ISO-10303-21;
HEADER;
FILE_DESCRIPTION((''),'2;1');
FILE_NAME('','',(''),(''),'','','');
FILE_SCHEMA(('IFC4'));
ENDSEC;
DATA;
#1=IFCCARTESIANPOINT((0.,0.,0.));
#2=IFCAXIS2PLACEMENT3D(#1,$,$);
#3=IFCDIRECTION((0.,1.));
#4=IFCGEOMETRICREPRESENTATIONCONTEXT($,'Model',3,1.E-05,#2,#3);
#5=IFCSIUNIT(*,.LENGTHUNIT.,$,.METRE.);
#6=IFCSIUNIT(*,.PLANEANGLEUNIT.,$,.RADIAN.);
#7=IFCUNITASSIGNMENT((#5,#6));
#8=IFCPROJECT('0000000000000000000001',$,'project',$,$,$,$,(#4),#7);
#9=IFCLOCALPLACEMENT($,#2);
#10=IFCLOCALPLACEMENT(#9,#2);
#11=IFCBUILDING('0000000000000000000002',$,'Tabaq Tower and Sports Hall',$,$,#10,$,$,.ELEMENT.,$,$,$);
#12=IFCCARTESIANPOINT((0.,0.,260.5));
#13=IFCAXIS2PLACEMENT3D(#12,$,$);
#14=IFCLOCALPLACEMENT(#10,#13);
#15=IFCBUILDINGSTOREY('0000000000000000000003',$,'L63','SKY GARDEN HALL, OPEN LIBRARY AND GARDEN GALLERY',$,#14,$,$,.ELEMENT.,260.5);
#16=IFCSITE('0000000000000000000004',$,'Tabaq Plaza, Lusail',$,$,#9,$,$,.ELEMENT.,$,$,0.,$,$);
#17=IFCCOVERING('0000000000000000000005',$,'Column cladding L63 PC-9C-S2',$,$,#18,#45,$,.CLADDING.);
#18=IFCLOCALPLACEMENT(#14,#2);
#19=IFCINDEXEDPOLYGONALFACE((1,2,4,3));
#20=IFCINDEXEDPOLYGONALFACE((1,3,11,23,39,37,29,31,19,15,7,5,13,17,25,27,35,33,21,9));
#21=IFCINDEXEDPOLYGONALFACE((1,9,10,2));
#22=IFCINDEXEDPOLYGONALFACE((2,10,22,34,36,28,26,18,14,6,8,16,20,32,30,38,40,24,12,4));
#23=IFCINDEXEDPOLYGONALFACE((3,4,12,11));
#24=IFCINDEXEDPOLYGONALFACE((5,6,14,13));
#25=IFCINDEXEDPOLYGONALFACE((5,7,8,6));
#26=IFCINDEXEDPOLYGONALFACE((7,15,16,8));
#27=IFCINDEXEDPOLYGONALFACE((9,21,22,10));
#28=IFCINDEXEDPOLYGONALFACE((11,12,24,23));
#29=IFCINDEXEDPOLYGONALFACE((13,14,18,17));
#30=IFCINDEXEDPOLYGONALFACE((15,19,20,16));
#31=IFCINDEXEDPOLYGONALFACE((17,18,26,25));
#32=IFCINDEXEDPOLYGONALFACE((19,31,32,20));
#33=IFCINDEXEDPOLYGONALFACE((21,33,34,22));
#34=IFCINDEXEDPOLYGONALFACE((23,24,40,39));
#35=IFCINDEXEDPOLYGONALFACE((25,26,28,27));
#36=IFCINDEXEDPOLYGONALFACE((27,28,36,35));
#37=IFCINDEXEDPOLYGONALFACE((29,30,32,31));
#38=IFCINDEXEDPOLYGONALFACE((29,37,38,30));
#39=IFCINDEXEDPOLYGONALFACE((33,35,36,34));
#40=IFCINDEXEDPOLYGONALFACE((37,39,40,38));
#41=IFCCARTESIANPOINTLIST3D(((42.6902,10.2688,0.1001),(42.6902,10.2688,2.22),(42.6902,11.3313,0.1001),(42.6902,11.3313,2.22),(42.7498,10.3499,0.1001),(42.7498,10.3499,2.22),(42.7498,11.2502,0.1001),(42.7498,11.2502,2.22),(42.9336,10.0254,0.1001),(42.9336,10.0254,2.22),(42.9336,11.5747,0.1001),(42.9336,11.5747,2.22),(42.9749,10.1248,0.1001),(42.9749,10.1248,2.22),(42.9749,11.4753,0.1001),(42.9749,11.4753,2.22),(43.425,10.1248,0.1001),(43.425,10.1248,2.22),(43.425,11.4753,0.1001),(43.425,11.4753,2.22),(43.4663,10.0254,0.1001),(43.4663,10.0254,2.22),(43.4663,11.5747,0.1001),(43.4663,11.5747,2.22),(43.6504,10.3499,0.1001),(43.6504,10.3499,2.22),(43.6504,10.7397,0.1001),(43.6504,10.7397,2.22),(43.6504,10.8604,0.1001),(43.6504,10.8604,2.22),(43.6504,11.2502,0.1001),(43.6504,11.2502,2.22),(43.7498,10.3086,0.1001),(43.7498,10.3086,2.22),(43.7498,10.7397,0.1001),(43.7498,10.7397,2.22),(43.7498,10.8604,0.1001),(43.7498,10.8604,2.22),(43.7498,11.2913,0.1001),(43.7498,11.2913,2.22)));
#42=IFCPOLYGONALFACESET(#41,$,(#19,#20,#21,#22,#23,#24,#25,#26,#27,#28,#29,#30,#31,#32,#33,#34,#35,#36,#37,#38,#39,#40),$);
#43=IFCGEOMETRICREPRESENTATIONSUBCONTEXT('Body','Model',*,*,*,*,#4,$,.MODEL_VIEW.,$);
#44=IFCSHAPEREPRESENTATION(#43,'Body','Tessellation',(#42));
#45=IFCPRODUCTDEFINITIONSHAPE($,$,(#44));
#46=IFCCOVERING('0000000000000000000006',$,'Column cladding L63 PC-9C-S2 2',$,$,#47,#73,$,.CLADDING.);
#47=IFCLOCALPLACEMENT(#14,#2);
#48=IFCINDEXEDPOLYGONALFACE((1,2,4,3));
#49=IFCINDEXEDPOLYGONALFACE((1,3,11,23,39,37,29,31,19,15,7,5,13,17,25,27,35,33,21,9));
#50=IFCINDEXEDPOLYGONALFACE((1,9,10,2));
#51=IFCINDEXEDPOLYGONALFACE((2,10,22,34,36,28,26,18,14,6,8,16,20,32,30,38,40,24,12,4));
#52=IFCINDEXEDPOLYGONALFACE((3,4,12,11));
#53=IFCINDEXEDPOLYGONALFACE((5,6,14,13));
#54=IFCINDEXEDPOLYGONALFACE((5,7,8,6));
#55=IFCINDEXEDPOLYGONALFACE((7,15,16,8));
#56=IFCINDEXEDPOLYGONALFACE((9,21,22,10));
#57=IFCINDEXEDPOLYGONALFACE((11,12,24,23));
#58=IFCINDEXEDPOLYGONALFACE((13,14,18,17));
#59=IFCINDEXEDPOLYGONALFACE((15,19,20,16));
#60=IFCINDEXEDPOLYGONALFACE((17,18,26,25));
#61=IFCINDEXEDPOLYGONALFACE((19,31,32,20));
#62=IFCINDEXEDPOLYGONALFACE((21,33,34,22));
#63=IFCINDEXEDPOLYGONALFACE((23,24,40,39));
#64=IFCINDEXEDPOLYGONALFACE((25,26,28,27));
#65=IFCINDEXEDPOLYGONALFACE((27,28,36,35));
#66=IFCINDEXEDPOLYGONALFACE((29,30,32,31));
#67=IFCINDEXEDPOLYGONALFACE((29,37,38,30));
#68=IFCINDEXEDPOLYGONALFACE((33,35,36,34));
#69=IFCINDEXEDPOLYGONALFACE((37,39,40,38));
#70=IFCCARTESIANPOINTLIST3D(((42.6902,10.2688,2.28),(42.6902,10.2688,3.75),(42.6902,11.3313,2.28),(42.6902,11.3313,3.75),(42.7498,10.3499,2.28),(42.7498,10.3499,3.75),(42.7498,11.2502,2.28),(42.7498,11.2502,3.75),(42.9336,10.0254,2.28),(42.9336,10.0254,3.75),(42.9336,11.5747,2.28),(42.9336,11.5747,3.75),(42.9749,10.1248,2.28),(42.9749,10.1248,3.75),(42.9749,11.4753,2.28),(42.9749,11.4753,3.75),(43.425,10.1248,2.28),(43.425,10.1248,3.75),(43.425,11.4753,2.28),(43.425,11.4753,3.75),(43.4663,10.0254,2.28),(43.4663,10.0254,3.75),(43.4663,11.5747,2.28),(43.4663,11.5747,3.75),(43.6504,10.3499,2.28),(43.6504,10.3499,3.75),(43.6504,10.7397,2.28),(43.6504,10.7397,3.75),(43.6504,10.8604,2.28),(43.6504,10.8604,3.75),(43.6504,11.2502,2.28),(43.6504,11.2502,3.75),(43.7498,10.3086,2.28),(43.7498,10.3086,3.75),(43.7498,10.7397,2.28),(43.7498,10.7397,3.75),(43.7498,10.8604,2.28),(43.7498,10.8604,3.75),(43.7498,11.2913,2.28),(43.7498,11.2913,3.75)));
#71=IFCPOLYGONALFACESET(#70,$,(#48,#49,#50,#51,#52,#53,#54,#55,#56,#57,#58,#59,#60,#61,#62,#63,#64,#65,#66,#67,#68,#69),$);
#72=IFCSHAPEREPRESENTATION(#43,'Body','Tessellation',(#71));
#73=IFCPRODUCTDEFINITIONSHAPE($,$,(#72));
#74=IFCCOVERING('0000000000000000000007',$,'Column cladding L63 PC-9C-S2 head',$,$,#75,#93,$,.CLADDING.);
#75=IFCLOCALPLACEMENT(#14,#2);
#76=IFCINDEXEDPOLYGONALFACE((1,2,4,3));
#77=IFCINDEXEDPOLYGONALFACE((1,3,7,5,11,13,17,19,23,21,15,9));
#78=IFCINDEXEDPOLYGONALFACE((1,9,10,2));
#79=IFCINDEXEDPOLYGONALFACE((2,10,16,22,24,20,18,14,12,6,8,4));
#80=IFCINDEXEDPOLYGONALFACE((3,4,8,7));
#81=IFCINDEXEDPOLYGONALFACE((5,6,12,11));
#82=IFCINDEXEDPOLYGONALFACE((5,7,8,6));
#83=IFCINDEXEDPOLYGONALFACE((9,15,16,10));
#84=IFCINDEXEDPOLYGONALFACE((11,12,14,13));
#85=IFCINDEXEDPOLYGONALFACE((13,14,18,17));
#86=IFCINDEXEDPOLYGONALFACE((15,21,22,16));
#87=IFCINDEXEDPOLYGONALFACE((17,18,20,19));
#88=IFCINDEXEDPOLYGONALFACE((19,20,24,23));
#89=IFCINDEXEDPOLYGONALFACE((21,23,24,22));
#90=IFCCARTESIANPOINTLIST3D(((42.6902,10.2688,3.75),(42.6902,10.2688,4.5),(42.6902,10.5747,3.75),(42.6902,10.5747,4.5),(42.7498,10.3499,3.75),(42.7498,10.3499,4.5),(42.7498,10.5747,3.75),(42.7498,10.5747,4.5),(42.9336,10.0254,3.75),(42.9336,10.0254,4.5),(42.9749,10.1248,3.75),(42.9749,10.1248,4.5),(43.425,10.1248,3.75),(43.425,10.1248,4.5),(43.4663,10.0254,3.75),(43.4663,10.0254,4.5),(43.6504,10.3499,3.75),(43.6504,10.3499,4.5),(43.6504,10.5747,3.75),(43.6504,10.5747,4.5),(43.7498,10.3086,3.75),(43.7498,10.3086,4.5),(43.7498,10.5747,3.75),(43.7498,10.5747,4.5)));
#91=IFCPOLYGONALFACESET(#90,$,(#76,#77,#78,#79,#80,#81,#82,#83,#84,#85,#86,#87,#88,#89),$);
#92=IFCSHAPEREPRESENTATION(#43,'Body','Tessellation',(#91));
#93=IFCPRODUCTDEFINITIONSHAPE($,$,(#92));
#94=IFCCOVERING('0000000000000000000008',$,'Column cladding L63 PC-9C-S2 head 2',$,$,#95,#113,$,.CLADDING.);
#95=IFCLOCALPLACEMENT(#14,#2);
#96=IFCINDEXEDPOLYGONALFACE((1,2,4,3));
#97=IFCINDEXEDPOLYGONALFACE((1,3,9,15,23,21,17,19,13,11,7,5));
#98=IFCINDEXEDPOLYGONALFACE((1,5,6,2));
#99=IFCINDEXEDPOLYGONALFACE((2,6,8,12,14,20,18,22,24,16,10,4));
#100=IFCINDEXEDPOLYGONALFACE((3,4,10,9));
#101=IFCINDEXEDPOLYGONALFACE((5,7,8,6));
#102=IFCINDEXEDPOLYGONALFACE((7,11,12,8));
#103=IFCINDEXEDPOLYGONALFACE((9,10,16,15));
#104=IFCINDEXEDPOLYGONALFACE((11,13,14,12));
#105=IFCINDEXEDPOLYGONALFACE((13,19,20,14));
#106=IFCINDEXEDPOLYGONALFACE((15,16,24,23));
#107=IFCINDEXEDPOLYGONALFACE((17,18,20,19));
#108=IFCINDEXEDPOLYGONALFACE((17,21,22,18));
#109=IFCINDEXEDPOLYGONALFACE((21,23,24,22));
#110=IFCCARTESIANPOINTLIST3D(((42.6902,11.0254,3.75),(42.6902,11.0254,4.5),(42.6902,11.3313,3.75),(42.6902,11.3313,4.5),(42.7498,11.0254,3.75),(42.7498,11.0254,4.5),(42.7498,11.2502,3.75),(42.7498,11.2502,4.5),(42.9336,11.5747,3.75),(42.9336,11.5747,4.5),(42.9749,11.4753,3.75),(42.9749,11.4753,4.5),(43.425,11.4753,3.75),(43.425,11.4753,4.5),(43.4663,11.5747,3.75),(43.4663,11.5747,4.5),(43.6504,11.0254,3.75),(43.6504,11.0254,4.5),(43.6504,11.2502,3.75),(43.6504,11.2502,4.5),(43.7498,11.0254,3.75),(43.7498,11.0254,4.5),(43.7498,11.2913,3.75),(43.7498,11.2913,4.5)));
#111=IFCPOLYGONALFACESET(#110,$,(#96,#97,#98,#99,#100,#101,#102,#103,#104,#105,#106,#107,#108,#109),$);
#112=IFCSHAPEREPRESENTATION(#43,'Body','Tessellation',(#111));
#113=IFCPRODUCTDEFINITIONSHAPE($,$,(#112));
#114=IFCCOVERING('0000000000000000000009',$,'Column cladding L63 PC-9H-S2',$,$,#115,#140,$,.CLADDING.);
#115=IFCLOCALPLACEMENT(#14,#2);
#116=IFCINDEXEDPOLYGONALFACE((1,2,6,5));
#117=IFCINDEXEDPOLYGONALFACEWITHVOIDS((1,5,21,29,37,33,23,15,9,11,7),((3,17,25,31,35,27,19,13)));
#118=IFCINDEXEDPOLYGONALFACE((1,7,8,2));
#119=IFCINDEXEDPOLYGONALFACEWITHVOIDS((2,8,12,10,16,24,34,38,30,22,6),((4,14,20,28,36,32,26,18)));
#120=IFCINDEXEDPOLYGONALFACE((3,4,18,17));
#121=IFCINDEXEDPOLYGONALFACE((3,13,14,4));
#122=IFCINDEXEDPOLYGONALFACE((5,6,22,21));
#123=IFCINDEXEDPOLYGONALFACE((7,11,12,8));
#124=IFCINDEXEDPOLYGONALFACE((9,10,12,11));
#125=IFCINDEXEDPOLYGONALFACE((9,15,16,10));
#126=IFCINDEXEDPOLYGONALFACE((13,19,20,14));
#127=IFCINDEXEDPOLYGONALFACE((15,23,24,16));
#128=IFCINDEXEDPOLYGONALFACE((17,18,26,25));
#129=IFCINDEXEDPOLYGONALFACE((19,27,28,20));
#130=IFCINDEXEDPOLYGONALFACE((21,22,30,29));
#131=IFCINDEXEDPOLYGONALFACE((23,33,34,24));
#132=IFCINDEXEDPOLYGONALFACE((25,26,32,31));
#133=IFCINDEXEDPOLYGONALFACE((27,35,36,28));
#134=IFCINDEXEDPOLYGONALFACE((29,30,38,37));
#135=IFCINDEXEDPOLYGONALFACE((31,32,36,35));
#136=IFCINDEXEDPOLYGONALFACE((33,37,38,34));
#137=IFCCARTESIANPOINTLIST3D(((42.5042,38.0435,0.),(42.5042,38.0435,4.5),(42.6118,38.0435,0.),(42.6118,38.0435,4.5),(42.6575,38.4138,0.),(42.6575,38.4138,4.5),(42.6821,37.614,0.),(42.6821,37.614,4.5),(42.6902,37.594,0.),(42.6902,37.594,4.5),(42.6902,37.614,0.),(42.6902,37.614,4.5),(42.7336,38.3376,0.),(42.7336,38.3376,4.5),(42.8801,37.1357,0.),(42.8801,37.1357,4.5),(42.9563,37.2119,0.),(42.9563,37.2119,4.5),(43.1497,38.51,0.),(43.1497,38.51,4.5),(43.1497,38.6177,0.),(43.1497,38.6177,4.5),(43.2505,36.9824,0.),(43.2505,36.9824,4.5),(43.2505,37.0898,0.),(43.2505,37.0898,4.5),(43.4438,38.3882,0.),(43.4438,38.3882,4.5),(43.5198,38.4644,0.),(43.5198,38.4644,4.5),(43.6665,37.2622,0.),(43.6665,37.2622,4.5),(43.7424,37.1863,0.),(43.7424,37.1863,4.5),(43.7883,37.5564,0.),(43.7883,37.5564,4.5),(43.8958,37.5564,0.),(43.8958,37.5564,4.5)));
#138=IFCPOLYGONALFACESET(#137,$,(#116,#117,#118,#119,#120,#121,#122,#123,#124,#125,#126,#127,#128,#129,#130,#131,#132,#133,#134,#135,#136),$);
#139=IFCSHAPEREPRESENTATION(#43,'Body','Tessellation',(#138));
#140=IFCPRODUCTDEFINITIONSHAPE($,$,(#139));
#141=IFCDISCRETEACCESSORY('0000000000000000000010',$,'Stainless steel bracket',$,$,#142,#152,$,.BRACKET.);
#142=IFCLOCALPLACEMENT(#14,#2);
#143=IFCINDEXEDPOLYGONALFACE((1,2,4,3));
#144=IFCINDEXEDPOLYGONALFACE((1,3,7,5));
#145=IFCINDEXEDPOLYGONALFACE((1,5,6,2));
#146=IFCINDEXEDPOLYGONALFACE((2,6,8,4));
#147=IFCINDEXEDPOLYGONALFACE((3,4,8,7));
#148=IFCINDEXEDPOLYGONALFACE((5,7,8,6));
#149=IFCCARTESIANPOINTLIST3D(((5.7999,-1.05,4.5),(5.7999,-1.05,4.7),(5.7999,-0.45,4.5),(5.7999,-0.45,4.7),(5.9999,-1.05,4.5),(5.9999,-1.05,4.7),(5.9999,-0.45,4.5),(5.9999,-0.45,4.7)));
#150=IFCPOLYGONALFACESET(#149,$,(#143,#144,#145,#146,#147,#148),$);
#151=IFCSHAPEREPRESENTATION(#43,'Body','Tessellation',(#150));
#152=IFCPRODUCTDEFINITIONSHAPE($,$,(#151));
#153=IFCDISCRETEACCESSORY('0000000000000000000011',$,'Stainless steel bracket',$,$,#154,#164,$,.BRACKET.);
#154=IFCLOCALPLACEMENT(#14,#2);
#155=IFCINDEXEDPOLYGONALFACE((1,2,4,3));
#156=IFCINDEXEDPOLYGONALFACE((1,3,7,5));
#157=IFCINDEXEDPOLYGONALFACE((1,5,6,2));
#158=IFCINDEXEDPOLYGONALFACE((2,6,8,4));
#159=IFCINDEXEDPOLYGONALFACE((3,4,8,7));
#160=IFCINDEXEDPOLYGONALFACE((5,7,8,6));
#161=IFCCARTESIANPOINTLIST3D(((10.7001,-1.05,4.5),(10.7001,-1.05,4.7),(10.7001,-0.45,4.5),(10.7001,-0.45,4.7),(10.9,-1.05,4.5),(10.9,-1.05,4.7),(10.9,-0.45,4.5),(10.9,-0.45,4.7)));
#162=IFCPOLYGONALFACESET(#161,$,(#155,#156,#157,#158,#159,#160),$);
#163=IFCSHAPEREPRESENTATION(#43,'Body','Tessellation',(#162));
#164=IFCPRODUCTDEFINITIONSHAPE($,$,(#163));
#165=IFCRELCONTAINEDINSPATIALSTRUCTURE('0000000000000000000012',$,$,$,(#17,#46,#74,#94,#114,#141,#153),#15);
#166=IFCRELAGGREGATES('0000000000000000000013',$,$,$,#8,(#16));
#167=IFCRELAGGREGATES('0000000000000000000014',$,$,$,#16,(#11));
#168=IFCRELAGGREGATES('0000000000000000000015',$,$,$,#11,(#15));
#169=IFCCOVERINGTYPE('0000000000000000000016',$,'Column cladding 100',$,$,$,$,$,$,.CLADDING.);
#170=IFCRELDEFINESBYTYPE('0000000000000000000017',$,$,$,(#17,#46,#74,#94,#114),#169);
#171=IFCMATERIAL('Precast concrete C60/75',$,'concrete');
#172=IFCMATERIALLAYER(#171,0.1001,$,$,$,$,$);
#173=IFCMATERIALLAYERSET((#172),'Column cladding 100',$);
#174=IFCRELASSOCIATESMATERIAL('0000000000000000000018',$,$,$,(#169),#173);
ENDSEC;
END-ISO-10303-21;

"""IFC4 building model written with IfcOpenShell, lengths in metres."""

from ifc_helpers import new_model, si_unit, direction, frame, origin, origin_2d, place, context, subcontext, project, spatial, polyline, rectangle, outline, extrude, material, layer, layer_set, type_object, element, save


model = new_model("IFC4")

# Units and contexts
model_context = context("Model", 3, precision=1e-05, world=origin(), true_north=direction((0.0, 1.0)))
body_context = subcontext(model_context, "Body", "Model", "MODEL_VIEW")
ifc_project = project(units=[si_unit("LENGTHUNIT", "METRE"), si_unit("PLANEANGLEUNIT", "RADIAN")], contexts=[model_context])

# Site, building, storey
site_placement = place(None, origin())
site = spatial("IfcSite", under=ifc_project, at=site_placement, Name="Tabaq Plaza, Lusail", CompositionType="ELEMENT", RefElevation=0.0)
building_placement = place(site_placement, origin())
building = spatial("IfcBuilding", under=site, at=building_placement, Name="Tabaq Tower and Sports Hall", CompositionType="ELEMENT")
storey_placement = place(building_placement, frame((0.0, 0.0, 260.5)))
storey = spatial("IfcBuildingStorey", under=building, at=storey_placement, Name="L63", Description="SKY GARDEN HALL, OPEN LIBRARY AND GARDEN GALLERY", CompositionType="ELEMENT", Elevation=260.5)

# Coverings
ifc_material_1 = material(Name="Precast concrete C60/75", Category="concrete")
ifc_layer_1 = layer(ifc_material_1, 0.1001)
ifc_layer_set_1 = layer_set([ifc_layer_1], Name="Column cladding 100")
covering_type = type_object("IfcCoveringType", Name="Column cladding 100", PredefinedType="CLADDING", material=ifc_layer_set_1)
covering_1_placement = place(storey_placement, frame((0.0, 0.0, 0.1001)))
element("IfcCovering", 1, at=covering_1_placement, inside=storey, type_object=covering_type, Name="Column cladding L63 PC-9C-S2", PredefinedType="CLADDING", context=body_context, shape_type="SweptSolid", body=[
    extrude(outline(polyline([(42.9336, 10.0254), (42.6902, 10.2688), (42.6902, 11.3313), (42.9336, 11.5747), (43.4663, 11.5747), (43.7498, 11.2913), (43.7498, 10.8604), (43.6504, 10.8604), (43.6504, 11.2502), (43.425, 11.4753), (42.9749, 11.4753), (42.7498, 11.2502), (42.7498, 10.3499), (42.9749, 10.1248), (43.425, 10.1248), (43.6504, 10.3499), (43.6504, 10.7397), (43.7498, 10.7397), (43.7498, 10.3086), (43.4663, 10.0254), (42.9336, 10.0254)])), origin(), (0.0, 0.0, 1.0), 2.1199),
])
covering_2_placement = place(storey_placement, frame((0.0, 0.0, 2.28)))
element("IfcCovering", 2, at=covering_2_placement, inside=storey, type_object=covering_type, Name="Column cladding L63 PC-9C-S2 2", PredefinedType="CLADDING", context=body_context, shape_type="SweptSolid", body=[
    extrude(outline(polyline([(42.9336, 10.0254), (42.6902, 10.2688), (42.6902, 11.3313), (42.9336, 11.5747), (43.4663, 11.5747), (43.7498, 11.2913), (43.7498, 10.8604), (43.6504, 10.8604), (43.6504, 11.2502), (43.425, 11.4753), (42.9749, 11.4753), (42.7498, 11.2502), (42.7498, 10.3499), (42.9749, 10.1248), (43.425, 10.1248), (43.6504, 10.3499), (43.6504, 10.7397), (43.7498, 10.7397), (43.7498, 10.3086), (43.4663, 10.0254), (42.9336, 10.0254)])), origin(), (0.0, 0.0, 1.0), 1.47),
])
covering_3_placement = place(storey_placement, frame((0.0, 0.0, 3.75)))
element("IfcCovering", 3, at=covering_3_placement, inside=storey, type_object=covering_type, Name="Column cladding L63 PC-9C-S2 head", PredefinedType="CLADDING", context=body_context, shape_type="SweptSolid", body=[
    extrude(outline(polyline([(42.6902, 10.2688), (42.6902, 10.5747), (42.7498, 10.5747), (42.7498, 10.3499), (42.9749, 10.1248), (43.425, 10.1248), (43.6504, 10.3499), (43.6504, 10.5747), (43.7498, 10.5747), (43.7498, 10.3086), (43.4663, 10.0254), (42.9336, 10.0254), (42.6902, 10.2688)])), origin(), (0.0, 0.0, 1.0), 0.75),
])
covering_4_placement = place(storey_placement, frame((0.0, 0.0, 3.75)))
element("IfcCovering", 4, at=covering_4_placement, inside=storey, type_object=covering_type, Name="Column cladding L63 PC-9C-S2 head 2", PredefinedType="CLADDING", context=body_context, shape_type="SweptSolid", body=[
    extrude(outline(polyline([(42.6902, 11.3313), (42.9336, 11.5747), (43.4663, 11.5747), (43.7498, 11.2913), (43.7498, 11.0254), (43.6504, 11.0254), (43.6504, 11.2502), (43.425, 11.4753), (42.9749, 11.4753), (42.7498, 11.2502), (42.7498, 11.0254), (42.6902, 11.0254), (42.6902, 11.3313)])), origin(), (0.0, 0.0, 1.0), 0.75),
])
covering_5_placement = place(storey_placement, origin())
element("IfcCovering", 5, at=covering_5_placement, inside=storey, type_object=covering_type, Name="Column cladding L63 PC-9H-S2", PredefinedType="CLADDING", context=body_context, shape_type="SweptSolid", body=[
    extrude(outline(polyline([(43.2505, 36.9824), (42.8801, 37.1357), (42.6902, 37.594), (42.6902, 37.614), (42.6821, 37.614), (42.5042, 38.0435), (42.6575, 38.4138), (43.1497, 38.6177), (43.5198, 38.4644), (43.8958, 37.5564), (43.7424, 37.1863), (43.2505, 36.9824)]), holes=[polyline([(43.1497, 38.51), (42.7336, 38.3376), (42.6118, 38.0435), (42.9563, 37.2119), (43.2505, 37.0898), (43.6665, 37.2622), (43.7883, 37.5564), (43.4438, 38.3882), (43.1497, 38.51)])]), origin(), (0.0, 0.0, 1.0), 4.5),
])

# Discrete accessories
for number, where, z_axis, x_axis, name in (
    (6, (5.8999, -0.75, 4.5), (0.0, 0.0, 1.0), (0.0, -1.0, 0.0), "Stainless steel bracket"),
    (7, (10.8, -0.75, 4.5), (0.0, 0.0, 1.0), (0.0, -1.0, 0.0), "Stainless steel bracket"),
):
    element("IfcDiscreteAccessory", number, at=place(storey_placement, frame(where, z_axis=z_axis, x_axis=x_axis)), inside=storey, Name=name, PredefinedType="BRACKET", context=body_context, shape_type="SweptSolid", body=[
        extrude(rectangle(XDim=0.6001, YDim=0.2, at=origin_2d()), origin(), (0.0, 0.0, 1.0), 0.2),
    ])

save(model, "model.ifc")
